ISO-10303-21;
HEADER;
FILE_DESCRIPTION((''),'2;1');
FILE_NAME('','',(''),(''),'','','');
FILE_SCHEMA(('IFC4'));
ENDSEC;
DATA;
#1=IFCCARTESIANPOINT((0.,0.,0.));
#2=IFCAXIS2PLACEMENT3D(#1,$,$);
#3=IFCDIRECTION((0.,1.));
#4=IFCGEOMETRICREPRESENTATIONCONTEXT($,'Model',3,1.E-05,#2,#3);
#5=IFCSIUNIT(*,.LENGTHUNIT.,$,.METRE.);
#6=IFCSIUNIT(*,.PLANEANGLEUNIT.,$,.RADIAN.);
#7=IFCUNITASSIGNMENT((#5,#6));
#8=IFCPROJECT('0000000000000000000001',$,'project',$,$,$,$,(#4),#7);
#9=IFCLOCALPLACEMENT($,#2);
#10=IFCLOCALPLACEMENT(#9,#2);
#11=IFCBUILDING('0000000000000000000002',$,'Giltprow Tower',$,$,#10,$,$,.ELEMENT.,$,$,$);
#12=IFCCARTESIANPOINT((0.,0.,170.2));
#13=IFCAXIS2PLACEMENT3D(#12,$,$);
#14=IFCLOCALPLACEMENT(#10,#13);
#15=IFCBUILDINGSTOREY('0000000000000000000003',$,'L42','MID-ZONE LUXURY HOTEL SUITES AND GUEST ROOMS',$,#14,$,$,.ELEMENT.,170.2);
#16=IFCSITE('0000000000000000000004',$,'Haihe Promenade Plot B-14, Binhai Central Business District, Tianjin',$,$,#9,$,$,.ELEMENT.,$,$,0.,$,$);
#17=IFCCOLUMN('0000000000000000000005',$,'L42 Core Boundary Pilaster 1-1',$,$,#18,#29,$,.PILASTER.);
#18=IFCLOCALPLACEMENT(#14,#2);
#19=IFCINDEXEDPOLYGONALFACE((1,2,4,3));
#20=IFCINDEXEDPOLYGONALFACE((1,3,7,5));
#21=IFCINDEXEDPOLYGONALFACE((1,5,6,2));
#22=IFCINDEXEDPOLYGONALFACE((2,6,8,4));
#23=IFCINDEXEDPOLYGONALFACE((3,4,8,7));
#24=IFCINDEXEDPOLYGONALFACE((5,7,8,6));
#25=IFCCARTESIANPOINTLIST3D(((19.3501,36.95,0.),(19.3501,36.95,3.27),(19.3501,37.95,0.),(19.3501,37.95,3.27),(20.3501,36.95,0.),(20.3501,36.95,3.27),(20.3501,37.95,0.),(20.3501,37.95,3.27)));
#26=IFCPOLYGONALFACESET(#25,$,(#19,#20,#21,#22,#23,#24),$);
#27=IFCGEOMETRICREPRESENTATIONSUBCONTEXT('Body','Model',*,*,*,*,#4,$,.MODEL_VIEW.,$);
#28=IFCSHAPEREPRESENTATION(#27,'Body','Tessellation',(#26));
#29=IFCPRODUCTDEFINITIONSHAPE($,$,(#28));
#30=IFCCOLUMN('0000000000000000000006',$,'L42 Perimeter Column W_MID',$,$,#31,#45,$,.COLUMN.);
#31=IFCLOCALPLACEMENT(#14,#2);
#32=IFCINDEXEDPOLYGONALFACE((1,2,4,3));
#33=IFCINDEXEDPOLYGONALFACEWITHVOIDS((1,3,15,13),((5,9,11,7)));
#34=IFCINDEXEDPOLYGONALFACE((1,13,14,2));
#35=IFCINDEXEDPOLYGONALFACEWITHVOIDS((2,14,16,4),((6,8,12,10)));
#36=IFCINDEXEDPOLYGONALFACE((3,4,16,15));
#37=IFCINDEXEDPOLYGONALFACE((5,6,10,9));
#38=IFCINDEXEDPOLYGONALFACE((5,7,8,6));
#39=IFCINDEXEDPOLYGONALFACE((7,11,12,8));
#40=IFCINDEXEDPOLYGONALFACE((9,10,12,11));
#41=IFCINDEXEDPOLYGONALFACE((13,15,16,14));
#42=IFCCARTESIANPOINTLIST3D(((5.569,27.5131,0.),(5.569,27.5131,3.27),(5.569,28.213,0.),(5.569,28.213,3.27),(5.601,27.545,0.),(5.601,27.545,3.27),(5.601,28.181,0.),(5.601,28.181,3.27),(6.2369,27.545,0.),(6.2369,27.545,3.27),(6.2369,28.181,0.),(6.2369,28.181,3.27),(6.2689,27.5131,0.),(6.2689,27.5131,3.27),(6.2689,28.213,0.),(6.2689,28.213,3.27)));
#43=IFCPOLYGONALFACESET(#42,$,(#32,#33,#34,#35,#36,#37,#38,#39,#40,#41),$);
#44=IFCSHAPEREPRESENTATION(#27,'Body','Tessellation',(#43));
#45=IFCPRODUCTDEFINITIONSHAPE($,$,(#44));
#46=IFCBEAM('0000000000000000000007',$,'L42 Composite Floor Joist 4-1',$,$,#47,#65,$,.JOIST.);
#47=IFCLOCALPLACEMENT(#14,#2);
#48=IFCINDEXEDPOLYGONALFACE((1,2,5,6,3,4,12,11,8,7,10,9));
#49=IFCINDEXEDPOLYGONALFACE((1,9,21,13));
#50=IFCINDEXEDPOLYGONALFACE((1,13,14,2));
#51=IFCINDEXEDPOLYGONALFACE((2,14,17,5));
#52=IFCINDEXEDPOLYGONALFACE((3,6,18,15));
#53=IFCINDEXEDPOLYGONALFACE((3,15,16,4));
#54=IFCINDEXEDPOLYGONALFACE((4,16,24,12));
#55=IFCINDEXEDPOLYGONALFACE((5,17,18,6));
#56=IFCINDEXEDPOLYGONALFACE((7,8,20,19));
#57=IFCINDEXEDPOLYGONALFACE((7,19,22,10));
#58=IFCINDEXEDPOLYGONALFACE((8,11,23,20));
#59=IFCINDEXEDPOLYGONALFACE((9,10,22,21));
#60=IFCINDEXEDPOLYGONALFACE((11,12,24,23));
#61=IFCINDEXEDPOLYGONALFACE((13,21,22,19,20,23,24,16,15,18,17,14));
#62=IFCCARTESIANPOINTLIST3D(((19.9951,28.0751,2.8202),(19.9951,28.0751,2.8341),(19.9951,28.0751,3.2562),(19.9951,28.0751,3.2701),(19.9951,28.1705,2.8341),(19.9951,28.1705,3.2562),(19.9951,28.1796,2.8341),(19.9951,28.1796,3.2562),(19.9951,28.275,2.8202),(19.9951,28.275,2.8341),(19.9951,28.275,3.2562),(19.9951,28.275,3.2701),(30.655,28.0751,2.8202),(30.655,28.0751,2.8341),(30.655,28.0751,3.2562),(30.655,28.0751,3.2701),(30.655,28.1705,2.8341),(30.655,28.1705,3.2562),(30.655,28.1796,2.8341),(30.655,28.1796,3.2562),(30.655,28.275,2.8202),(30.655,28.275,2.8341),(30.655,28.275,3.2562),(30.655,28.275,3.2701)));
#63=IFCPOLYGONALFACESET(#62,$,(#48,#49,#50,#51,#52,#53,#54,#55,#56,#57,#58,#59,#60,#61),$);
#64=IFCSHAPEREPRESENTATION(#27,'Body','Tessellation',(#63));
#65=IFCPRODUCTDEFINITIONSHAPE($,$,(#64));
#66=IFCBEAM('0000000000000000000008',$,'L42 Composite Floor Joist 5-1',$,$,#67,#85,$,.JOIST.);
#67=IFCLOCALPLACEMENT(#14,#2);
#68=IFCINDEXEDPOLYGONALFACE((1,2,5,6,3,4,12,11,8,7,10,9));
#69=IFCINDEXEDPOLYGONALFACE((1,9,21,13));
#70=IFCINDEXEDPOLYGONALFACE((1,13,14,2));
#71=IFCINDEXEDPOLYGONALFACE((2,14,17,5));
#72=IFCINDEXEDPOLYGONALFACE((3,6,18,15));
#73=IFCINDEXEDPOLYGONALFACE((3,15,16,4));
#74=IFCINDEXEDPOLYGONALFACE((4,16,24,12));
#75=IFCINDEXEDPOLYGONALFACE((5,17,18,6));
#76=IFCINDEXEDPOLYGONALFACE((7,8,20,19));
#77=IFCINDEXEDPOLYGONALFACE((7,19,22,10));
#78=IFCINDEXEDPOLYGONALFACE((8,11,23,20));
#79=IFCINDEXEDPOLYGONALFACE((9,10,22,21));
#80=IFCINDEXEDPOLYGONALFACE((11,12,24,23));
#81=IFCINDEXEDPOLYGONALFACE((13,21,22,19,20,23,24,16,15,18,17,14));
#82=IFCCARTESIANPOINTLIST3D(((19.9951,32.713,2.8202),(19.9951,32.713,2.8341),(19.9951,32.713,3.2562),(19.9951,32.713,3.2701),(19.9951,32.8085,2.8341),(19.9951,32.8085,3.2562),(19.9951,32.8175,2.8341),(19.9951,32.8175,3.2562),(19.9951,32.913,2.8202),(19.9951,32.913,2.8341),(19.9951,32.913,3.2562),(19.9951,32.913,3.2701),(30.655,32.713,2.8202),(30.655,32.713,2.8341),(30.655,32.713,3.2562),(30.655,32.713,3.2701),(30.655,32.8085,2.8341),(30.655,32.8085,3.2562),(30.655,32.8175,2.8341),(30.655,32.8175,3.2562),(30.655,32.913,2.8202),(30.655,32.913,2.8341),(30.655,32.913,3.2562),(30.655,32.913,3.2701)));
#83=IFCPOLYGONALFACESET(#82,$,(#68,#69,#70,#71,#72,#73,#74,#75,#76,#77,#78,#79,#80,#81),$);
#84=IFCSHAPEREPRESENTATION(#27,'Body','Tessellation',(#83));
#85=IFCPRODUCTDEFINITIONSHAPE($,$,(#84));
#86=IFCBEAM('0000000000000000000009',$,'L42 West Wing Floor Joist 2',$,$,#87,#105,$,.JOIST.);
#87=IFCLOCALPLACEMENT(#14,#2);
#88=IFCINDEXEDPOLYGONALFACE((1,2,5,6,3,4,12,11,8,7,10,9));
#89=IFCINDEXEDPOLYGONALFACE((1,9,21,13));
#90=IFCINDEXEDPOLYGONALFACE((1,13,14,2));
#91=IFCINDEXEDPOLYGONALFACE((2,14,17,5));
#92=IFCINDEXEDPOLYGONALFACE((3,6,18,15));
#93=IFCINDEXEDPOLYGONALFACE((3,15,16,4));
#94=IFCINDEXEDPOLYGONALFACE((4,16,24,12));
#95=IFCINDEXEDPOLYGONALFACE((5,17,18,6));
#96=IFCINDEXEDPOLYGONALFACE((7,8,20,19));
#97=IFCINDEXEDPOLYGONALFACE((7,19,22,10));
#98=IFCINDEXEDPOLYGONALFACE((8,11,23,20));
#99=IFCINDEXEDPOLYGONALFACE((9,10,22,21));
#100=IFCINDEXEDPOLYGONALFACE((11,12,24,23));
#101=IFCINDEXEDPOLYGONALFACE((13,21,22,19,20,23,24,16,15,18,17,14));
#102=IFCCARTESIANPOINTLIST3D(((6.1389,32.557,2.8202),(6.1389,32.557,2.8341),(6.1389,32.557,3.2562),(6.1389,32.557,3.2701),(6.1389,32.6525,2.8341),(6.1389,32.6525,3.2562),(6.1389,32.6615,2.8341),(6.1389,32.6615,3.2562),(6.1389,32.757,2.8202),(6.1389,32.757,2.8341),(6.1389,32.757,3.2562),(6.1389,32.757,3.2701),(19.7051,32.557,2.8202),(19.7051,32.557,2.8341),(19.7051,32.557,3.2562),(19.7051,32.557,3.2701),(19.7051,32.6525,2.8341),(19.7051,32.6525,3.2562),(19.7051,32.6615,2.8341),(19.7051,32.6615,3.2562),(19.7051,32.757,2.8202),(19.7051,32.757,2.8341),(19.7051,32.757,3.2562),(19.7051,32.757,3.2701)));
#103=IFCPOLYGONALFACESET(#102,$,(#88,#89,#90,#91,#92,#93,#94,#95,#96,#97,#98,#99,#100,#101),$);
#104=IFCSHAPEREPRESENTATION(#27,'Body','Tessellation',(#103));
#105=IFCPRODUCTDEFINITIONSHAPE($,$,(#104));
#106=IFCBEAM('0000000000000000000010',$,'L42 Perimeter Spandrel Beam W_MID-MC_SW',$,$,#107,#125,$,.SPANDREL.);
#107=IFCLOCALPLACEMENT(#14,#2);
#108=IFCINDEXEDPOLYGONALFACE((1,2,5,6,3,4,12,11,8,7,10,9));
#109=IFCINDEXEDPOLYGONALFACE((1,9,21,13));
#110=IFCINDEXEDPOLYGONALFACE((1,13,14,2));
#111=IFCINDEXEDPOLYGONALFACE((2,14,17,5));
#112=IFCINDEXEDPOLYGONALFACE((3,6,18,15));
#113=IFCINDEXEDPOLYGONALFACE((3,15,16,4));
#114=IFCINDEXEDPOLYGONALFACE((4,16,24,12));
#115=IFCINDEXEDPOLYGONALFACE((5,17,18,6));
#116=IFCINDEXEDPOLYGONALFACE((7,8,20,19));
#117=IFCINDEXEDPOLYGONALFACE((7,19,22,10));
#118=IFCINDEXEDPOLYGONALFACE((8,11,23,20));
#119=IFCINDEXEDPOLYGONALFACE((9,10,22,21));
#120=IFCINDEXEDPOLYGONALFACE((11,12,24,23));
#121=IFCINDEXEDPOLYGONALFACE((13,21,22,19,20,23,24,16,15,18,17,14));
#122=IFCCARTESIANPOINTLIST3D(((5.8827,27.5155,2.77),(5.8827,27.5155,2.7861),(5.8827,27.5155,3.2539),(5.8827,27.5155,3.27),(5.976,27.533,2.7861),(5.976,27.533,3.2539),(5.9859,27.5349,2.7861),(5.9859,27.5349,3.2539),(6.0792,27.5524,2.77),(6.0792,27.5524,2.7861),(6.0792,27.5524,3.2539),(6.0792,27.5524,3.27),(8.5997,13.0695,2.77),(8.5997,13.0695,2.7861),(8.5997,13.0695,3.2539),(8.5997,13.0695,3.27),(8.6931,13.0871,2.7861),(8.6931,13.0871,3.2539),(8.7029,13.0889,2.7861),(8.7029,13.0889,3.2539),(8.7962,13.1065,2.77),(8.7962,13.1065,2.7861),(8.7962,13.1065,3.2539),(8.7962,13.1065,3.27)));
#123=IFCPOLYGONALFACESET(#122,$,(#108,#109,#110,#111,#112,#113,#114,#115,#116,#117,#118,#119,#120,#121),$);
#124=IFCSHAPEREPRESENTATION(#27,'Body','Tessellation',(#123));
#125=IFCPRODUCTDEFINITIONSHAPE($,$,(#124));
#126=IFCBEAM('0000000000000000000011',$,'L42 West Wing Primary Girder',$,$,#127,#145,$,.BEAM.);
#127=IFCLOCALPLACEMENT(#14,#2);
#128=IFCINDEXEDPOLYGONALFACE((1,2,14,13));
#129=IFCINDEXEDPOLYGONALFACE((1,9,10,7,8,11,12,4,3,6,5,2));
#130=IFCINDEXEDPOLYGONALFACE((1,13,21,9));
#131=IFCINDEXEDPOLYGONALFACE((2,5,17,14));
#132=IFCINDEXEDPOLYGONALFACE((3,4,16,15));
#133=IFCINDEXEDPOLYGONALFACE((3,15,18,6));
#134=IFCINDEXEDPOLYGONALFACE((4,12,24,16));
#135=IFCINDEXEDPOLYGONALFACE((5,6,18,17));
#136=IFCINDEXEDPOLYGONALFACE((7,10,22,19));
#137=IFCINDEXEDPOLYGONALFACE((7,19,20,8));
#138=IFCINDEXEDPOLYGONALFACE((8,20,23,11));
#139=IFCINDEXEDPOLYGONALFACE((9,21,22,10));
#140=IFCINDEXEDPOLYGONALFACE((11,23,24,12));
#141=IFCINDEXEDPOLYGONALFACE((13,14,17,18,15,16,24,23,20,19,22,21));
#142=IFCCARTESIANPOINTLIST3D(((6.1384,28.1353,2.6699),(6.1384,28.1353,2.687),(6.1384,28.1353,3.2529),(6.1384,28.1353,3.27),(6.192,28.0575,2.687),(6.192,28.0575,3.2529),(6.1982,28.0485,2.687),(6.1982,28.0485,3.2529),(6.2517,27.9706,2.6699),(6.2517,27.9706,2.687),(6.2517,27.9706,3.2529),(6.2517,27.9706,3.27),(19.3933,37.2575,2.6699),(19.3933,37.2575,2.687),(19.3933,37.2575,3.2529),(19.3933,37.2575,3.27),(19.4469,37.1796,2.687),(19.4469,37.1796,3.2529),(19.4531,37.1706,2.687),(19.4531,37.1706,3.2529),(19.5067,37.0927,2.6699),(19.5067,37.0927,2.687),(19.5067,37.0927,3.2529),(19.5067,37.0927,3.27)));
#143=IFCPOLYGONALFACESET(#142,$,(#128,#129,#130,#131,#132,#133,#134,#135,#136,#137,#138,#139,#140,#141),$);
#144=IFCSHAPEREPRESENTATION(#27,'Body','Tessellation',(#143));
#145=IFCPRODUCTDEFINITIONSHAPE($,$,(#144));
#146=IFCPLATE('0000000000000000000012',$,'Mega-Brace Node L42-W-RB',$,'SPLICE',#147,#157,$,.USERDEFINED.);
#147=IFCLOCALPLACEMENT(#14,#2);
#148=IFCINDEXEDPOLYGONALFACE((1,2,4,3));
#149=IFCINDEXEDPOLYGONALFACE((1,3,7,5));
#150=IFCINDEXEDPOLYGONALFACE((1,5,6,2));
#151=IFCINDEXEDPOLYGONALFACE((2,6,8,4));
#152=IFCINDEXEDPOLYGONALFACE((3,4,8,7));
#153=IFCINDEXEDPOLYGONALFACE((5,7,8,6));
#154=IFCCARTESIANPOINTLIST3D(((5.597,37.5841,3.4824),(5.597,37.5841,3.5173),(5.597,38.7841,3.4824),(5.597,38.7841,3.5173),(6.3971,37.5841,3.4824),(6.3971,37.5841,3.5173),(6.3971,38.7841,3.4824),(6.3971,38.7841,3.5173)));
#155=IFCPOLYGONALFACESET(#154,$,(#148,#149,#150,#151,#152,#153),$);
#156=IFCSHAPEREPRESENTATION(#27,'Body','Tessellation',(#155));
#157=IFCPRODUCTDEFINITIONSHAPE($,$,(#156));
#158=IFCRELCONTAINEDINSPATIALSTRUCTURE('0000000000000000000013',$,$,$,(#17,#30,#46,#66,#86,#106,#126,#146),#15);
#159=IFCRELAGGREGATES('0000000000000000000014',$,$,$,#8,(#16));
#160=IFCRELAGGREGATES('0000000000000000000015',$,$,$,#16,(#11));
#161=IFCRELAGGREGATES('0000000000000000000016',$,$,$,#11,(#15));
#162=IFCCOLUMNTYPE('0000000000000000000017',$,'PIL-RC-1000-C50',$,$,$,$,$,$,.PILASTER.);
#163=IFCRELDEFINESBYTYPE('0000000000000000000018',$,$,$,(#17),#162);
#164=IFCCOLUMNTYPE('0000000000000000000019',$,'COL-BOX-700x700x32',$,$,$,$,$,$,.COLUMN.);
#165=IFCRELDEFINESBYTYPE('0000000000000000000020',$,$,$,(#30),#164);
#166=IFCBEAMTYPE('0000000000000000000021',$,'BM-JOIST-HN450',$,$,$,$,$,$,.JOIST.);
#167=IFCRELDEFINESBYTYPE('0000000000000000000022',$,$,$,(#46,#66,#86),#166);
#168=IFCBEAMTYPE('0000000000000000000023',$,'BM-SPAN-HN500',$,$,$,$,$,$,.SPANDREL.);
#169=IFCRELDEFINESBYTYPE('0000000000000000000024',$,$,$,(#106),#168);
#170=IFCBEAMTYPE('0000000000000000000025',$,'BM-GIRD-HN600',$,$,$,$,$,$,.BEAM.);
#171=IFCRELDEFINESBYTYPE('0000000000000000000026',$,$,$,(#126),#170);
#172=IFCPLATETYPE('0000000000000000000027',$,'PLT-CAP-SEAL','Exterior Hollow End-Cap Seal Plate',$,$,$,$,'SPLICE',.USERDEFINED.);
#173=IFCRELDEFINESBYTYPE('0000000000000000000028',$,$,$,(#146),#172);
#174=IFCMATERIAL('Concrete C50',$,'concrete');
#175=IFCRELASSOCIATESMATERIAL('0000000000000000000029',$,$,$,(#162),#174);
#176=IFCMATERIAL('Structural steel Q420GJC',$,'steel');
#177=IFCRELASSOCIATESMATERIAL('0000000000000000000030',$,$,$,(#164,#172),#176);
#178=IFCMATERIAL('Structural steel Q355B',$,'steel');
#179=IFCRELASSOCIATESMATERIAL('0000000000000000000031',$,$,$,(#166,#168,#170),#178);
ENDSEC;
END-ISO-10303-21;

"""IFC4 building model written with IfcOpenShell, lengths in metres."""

from ifc_helpers import new_model, si_unit, direction, frame, origin, origin_2d, place, context, subcontext, project, spatial, rectangle, hollow_rectangle, i_section, extrude, source, transform, mapped, material, material_profile, profile_set, type_object, element, save


model = new_model("IFC4")

# Units and contexts
model_context = context("Model", 3, precision=1e-05, world=origin(), true_north=direction((0.0, 1.0)))
body_context = subcontext(model_context, "Body", "Model", "MODEL_VIEW")
ifc_project = project(units=[si_unit("LENGTHUNIT", "METRE"), si_unit("PLANEANGLEUNIT", "RADIAN")], contexts=[model_context])

# Site, building, storey
site_placement = place(None, origin())
site = spatial("IfcSite", under=ifc_project, at=site_placement, Name="Haihe Promenade Plot B-14, Binhai Central Business District, Tianjin", CompositionType="ELEMENT", RefElevation=0.0)
building_placement = place(site_placement, origin())
building = spatial("IfcBuilding", under=site, at=building_placement, Name="Giltprow Tower", CompositionType="ELEMENT")
storey_placement = place(building_placement, frame((0.0, 0.0, 170.2)))
storey = spatial("IfcBuildingStorey", under=building, at=storey_placement, Name="L42", Description="MID-ZONE LUXURY HOTEL SUITES AND GUEST ROOMS", CompositionType="ELEMENT", Elevation=170.2)

# Columns
ifc_material_1 = material(Name="Concrete C50", Category="concrete")
ifc_material_profile_1 = material_profile(ifc_material_1, rectangle(XDim=1.0, YDim=1.0, at=origin_2d()), Name="RC 1000x1000")
ifc_profile_set_1 = profile_set([ifc_material_profile_1], Name="Concrete C50")
column_type_1 = type_object("IfcColumnType", Name="PIL-RC-1000-C50", PredefinedType="PILASTER", material=ifc_profile_set_1)
shared_shape_1 = source(origin(), body_context, "Body", "SweptSolid", [
    extrude(rectangle(XDim=1.0, YDim=1.0, at=origin_2d()), origin(), (0.0, 0.0, 1.0), 3.27),
])
column_1_placement = place(storey_placement, frame((19.8501, 37.45, 0.0), z_axis=(0.0, 0.0, 1.0), x_axis=(1.0, 0.0, 0.0)))
element("IfcColumn", 1, at=column_1_placement, inside=storey, type_object=column_type_1, Name="L42 Core Boundary Pilaster 1-1", PredefinedType="PILASTER", context=body_context, shape_type="MappedRepresentation", body=[
    mapped(shared_shape_1, transform((0.0, 0.0, 0.0), x_axis=(1.0, 0.0, 0.0), y_axis=(0.0, 1.0, 0.0), z_axis=(0.0, 0.0, 1.0), scale=1.0)),
])
ifc_material_2 = material(Name="Structural steel Q420GJC", Category="steel")
ifc_material_profile_2 = material_profile(ifc_material_2, hollow_rectangle(XDim=0.7, YDim=0.7, WallThickness=0.032, at=origin_2d()), Name="BOX 700x700x32")
ifc_profile_set_2 = profile_set([ifc_material_profile_2], Name="Structural steel Q420GJC")
column_type_2 = type_object("IfcColumnType", Name="COL-BOX-700x700x32", PredefinedType="COLUMN", material=ifc_profile_set_2)
shared_shape_2 = source(origin(), body_context, "Body", "SweptSolid", [
    extrude(hollow_rectangle(XDim=0.7, YDim=0.7, WallThickness=0.032, at=origin_2d()), origin(), (0.0, 0.0, 1.0), 3.27),
])
column_2_placement = place(storey_placement, frame((5.9189, 27.863, 0.0), z_axis=(0.0, 0.0, 1.0), x_axis=(1.0, 0.0, 0.0)))
element("IfcColumn", 2, at=column_2_placement, inside=storey, type_object=column_type_2, Name="L42 Perimeter Column W_MID", PredefinedType="COLUMN", context=body_context, shape_type="MappedRepresentation", body=[
    mapped(shared_shape_2, transform((0.0, 0.0, 0.0), x_axis=(1.0, 0.0, 0.0), y_axis=(0.0, 1.0, 0.0), z_axis=(0.0, 0.0, 1.0), scale=1.0)),
])

# Beams
ifc_material_3 = material(Name="Structural steel Q355B", Category="steel")
ifc_material_profile_3 = material_profile(ifc_material_3, i_section(OverallWidth=0.2, OverallDepth=0.45, WebThickness=0.009, FlangeThickness=0.0139, at=origin_2d()), Name="HN 450x200x9x14")
ifc_profile_set_3 = profile_set([ifc_material_profile_3], Name="Structural steel Q355B")
beam_type_1 = type_object("IfcBeamType", Name="BM-JOIST-HN450", PredefinedType="JOIST", material=ifc_profile_set_3)
shared_shape_3 = source(origin(), body_context, "Body", "SweptSolid", [
    extrude(i_section(OverallWidth=0.2, OverallDepth=0.45, WebThickness=0.009, FlangeThickness=0.0139, at=origin_2d()), origin(), (0.0, 0.0, 1.0), 10.6599),
])
for number, where, z_axis, x_axis, name in (
    (3, (19.9951, 28.175, 3.0452), (1.0, 0.0, 0.0), (0.0, 1.0, 0.0), "L42 Composite Floor Joist 4-1"),
    (4, (19.9951, 32.813, 3.0452), (1.0, 0.0, 0.0), (0.0, 1.0, 0.0), "L42 Composite Floor Joist 5-1"),
):
    element("IfcBeam", number, at=place(storey_placement, frame(where, z_axis=z_axis, x_axis=x_axis)), inside=storey, type_object=beam_type_1, Name=name, PredefinedType="JOIST", context=body_context, shape_type="MappedRepresentation", body=[
        mapped(shared_shape_3, transform((0.0, 0.0, 0.0), x_axis=(1.0, 0.0, 0.0), y_axis=(0.0, 1.0, 0.0), z_axis=(0.0, 0.0, 1.0), scale=1.0)),
    ])
shared_shape_4 = source(origin(), body_context, "Body", "SweptSolid", [
    extrude(i_section(OverallWidth=0.2, OverallDepth=0.45, WebThickness=0.009, FlangeThickness=0.0139, at=origin_2d()), origin(), (0.0, 0.0, 1.0), 13.5662),
])
beam_1_placement = place(storey_placement, frame((6.1389, 32.657, 3.0452), z_axis=(1.0, 0.0, 0.0), x_axis=(0.0, 1.0, 0.0)))
element("IfcBeam", 5, at=beam_1_placement, inside=storey, type_object=beam_type_1, Name="L42 West Wing Floor Joist 2", PredefinedType="JOIST", context=body_context, shape_type="MappedRepresentation", body=[
    mapped(shared_shape_4, transform((0.0, 0.0, 0.0), x_axis=(1.0, 0.0, 0.0), y_axis=(0.0, 1.0, 0.0), z_axis=(0.0, 0.0, 1.0), scale=1.0)),
])
ifc_material_profile_4 = material_profile(ifc_material_3, i_section(OverallWidth=0.2, OverallDepth=0.5, WebThickness=0.01, FlangeThickness=0.0161, at=origin_2d()), Name="HN 500x200x10x16")
ifc_profile_set_4 = profile_set([ifc_material_profile_4], Name="Structural steel Q355B")
beam_type_2 = type_object("IfcBeamType", Name="BM-SPAN-HN500", PredefinedType="SPANDREL", material=ifc_profile_set_4)
shared_shape_5 = source(origin(), body_context, "Body", "SweptSolid", [
    extrude(i_section(OverallWidth=0.2, OverallDepth=0.5, WebThickness=0.01, FlangeThickness=0.0161, at=origin_2d()), origin(), (0.0, 0.0, 1.0), 14.6992),
])
beam_2_placement = place(storey_placement, frame((5.981, 27.5339, 3.02), z_axis=(0.184841, -0.982768, 0.0), x_axis=(0.982768, 0.184841, 0.0)))
element("IfcBeam", 6, at=beam_2_placement, inside=storey, type_object=beam_type_2, Name="L42 Perimeter Spandrel Beam W_MID-MC_SW", PredefinedType="SPANDREL", context=body_context, shape_type="MappedRepresentation", body=[
    mapped(shared_shape_5, transform((0.0, 0.0, 0.0), x_axis=(1.0, 0.0, 0.0), y_axis=(0.0, 1.0, 0.0), z_axis=(0.0, 0.0, 1.0), scale=1.0)),
])
ifc_material_profile_5 = material_profile(ifc_material_3, i_section(OverallWidth=0.2, OverallDepth=0.6001, WebThickness=0.011, FlangeThickness=0.0171, at=origin_2d()), Name="HN 600x200x11x17")
ifc_profile_set_5 = profile_set([ifc_material_profile_5], Name="Structural steel Q355B")
beam_type_3 = type_object("IfcBeamType", Name="BM-GIRD-HN600", PredefinedType="BEAM", material=ifc_profile_set_5)
shared_shape_6 = source(origin(), body_context, "Body", "SweptSolid", [
    extrude(i_section(OverallWidth=0.2, OverallDepth=0.6001, WebThickness=0.011, FlangeThickness=0.0171, at=origin_2d()), origin(), (0.0, 0.0, 1.0), 16.0906),
])
beam_3_placement = place(storey_placement, frame((6.1951, 28.053, 2.97), z_axis=(0.823771, 0.566923, 0.0), x_axis=(-0.566923, 0.823771, 0.0)))
element("IfcBeam", 7, at=beam_3_placement, inside=storey, type_object=beam_type_3, Name="L42 West Wing Primary Girder", PredefinedType="BEAM", context=body_context, shape_type="MappedRepresentation", body=[
    mapped(shared_shape_6, transform((0.0, 0.0, 0.0), x_axis=(1.0, 0.0, 0.0), y_axis=(0.0, 1.0, 0.0), z_axis=(0.0, 0.0, 1.0), scale=1.0)),
])

# Plate
plate_type = type_object("IfcPlateType", Name="PLT-CAP-SEAL", Description="Exterior Hollow End-Cap Seal Plate", ElementType="SPLICE", PredefinedType="USERDEFINED", material=ifc_material_2)
shared_shape_7 = source(origin(), body_context, "Body", "SweptSolid", [
    extrude(rectangle(XDim=1.2, YDim=0.8, at=origin_2d()), origin(), (0.0, 0.0, 1.0), 0.0349),
])
plate_placement = place(storey_placement, frame((5.9971, 38.1841, 3.4824), z_axis=(0.0, 0.0, 1.0), x_axis=(0.0, 1.0, 0.0)))
element("IfcPlate", 8, at=plate_placement, inside=storey, type_object=plate_type, Name="Mega-Brace Node L42-W-RB", ObjectType="SPLICE", PredefinedType="USERDEFINED", context=body_context, shape_type="MappedRepresentation", body=[
    mapped(shared_shape_7, transform((0.0, 0.0, 0.0), x_axis=(1.0, 0.0, 0.0), y_axis=(0.0, 1.0, 0.0), z_axis=(0.0, 0.0, 1.0), scale=1.0)),
])

save(model, "model.ifc")
